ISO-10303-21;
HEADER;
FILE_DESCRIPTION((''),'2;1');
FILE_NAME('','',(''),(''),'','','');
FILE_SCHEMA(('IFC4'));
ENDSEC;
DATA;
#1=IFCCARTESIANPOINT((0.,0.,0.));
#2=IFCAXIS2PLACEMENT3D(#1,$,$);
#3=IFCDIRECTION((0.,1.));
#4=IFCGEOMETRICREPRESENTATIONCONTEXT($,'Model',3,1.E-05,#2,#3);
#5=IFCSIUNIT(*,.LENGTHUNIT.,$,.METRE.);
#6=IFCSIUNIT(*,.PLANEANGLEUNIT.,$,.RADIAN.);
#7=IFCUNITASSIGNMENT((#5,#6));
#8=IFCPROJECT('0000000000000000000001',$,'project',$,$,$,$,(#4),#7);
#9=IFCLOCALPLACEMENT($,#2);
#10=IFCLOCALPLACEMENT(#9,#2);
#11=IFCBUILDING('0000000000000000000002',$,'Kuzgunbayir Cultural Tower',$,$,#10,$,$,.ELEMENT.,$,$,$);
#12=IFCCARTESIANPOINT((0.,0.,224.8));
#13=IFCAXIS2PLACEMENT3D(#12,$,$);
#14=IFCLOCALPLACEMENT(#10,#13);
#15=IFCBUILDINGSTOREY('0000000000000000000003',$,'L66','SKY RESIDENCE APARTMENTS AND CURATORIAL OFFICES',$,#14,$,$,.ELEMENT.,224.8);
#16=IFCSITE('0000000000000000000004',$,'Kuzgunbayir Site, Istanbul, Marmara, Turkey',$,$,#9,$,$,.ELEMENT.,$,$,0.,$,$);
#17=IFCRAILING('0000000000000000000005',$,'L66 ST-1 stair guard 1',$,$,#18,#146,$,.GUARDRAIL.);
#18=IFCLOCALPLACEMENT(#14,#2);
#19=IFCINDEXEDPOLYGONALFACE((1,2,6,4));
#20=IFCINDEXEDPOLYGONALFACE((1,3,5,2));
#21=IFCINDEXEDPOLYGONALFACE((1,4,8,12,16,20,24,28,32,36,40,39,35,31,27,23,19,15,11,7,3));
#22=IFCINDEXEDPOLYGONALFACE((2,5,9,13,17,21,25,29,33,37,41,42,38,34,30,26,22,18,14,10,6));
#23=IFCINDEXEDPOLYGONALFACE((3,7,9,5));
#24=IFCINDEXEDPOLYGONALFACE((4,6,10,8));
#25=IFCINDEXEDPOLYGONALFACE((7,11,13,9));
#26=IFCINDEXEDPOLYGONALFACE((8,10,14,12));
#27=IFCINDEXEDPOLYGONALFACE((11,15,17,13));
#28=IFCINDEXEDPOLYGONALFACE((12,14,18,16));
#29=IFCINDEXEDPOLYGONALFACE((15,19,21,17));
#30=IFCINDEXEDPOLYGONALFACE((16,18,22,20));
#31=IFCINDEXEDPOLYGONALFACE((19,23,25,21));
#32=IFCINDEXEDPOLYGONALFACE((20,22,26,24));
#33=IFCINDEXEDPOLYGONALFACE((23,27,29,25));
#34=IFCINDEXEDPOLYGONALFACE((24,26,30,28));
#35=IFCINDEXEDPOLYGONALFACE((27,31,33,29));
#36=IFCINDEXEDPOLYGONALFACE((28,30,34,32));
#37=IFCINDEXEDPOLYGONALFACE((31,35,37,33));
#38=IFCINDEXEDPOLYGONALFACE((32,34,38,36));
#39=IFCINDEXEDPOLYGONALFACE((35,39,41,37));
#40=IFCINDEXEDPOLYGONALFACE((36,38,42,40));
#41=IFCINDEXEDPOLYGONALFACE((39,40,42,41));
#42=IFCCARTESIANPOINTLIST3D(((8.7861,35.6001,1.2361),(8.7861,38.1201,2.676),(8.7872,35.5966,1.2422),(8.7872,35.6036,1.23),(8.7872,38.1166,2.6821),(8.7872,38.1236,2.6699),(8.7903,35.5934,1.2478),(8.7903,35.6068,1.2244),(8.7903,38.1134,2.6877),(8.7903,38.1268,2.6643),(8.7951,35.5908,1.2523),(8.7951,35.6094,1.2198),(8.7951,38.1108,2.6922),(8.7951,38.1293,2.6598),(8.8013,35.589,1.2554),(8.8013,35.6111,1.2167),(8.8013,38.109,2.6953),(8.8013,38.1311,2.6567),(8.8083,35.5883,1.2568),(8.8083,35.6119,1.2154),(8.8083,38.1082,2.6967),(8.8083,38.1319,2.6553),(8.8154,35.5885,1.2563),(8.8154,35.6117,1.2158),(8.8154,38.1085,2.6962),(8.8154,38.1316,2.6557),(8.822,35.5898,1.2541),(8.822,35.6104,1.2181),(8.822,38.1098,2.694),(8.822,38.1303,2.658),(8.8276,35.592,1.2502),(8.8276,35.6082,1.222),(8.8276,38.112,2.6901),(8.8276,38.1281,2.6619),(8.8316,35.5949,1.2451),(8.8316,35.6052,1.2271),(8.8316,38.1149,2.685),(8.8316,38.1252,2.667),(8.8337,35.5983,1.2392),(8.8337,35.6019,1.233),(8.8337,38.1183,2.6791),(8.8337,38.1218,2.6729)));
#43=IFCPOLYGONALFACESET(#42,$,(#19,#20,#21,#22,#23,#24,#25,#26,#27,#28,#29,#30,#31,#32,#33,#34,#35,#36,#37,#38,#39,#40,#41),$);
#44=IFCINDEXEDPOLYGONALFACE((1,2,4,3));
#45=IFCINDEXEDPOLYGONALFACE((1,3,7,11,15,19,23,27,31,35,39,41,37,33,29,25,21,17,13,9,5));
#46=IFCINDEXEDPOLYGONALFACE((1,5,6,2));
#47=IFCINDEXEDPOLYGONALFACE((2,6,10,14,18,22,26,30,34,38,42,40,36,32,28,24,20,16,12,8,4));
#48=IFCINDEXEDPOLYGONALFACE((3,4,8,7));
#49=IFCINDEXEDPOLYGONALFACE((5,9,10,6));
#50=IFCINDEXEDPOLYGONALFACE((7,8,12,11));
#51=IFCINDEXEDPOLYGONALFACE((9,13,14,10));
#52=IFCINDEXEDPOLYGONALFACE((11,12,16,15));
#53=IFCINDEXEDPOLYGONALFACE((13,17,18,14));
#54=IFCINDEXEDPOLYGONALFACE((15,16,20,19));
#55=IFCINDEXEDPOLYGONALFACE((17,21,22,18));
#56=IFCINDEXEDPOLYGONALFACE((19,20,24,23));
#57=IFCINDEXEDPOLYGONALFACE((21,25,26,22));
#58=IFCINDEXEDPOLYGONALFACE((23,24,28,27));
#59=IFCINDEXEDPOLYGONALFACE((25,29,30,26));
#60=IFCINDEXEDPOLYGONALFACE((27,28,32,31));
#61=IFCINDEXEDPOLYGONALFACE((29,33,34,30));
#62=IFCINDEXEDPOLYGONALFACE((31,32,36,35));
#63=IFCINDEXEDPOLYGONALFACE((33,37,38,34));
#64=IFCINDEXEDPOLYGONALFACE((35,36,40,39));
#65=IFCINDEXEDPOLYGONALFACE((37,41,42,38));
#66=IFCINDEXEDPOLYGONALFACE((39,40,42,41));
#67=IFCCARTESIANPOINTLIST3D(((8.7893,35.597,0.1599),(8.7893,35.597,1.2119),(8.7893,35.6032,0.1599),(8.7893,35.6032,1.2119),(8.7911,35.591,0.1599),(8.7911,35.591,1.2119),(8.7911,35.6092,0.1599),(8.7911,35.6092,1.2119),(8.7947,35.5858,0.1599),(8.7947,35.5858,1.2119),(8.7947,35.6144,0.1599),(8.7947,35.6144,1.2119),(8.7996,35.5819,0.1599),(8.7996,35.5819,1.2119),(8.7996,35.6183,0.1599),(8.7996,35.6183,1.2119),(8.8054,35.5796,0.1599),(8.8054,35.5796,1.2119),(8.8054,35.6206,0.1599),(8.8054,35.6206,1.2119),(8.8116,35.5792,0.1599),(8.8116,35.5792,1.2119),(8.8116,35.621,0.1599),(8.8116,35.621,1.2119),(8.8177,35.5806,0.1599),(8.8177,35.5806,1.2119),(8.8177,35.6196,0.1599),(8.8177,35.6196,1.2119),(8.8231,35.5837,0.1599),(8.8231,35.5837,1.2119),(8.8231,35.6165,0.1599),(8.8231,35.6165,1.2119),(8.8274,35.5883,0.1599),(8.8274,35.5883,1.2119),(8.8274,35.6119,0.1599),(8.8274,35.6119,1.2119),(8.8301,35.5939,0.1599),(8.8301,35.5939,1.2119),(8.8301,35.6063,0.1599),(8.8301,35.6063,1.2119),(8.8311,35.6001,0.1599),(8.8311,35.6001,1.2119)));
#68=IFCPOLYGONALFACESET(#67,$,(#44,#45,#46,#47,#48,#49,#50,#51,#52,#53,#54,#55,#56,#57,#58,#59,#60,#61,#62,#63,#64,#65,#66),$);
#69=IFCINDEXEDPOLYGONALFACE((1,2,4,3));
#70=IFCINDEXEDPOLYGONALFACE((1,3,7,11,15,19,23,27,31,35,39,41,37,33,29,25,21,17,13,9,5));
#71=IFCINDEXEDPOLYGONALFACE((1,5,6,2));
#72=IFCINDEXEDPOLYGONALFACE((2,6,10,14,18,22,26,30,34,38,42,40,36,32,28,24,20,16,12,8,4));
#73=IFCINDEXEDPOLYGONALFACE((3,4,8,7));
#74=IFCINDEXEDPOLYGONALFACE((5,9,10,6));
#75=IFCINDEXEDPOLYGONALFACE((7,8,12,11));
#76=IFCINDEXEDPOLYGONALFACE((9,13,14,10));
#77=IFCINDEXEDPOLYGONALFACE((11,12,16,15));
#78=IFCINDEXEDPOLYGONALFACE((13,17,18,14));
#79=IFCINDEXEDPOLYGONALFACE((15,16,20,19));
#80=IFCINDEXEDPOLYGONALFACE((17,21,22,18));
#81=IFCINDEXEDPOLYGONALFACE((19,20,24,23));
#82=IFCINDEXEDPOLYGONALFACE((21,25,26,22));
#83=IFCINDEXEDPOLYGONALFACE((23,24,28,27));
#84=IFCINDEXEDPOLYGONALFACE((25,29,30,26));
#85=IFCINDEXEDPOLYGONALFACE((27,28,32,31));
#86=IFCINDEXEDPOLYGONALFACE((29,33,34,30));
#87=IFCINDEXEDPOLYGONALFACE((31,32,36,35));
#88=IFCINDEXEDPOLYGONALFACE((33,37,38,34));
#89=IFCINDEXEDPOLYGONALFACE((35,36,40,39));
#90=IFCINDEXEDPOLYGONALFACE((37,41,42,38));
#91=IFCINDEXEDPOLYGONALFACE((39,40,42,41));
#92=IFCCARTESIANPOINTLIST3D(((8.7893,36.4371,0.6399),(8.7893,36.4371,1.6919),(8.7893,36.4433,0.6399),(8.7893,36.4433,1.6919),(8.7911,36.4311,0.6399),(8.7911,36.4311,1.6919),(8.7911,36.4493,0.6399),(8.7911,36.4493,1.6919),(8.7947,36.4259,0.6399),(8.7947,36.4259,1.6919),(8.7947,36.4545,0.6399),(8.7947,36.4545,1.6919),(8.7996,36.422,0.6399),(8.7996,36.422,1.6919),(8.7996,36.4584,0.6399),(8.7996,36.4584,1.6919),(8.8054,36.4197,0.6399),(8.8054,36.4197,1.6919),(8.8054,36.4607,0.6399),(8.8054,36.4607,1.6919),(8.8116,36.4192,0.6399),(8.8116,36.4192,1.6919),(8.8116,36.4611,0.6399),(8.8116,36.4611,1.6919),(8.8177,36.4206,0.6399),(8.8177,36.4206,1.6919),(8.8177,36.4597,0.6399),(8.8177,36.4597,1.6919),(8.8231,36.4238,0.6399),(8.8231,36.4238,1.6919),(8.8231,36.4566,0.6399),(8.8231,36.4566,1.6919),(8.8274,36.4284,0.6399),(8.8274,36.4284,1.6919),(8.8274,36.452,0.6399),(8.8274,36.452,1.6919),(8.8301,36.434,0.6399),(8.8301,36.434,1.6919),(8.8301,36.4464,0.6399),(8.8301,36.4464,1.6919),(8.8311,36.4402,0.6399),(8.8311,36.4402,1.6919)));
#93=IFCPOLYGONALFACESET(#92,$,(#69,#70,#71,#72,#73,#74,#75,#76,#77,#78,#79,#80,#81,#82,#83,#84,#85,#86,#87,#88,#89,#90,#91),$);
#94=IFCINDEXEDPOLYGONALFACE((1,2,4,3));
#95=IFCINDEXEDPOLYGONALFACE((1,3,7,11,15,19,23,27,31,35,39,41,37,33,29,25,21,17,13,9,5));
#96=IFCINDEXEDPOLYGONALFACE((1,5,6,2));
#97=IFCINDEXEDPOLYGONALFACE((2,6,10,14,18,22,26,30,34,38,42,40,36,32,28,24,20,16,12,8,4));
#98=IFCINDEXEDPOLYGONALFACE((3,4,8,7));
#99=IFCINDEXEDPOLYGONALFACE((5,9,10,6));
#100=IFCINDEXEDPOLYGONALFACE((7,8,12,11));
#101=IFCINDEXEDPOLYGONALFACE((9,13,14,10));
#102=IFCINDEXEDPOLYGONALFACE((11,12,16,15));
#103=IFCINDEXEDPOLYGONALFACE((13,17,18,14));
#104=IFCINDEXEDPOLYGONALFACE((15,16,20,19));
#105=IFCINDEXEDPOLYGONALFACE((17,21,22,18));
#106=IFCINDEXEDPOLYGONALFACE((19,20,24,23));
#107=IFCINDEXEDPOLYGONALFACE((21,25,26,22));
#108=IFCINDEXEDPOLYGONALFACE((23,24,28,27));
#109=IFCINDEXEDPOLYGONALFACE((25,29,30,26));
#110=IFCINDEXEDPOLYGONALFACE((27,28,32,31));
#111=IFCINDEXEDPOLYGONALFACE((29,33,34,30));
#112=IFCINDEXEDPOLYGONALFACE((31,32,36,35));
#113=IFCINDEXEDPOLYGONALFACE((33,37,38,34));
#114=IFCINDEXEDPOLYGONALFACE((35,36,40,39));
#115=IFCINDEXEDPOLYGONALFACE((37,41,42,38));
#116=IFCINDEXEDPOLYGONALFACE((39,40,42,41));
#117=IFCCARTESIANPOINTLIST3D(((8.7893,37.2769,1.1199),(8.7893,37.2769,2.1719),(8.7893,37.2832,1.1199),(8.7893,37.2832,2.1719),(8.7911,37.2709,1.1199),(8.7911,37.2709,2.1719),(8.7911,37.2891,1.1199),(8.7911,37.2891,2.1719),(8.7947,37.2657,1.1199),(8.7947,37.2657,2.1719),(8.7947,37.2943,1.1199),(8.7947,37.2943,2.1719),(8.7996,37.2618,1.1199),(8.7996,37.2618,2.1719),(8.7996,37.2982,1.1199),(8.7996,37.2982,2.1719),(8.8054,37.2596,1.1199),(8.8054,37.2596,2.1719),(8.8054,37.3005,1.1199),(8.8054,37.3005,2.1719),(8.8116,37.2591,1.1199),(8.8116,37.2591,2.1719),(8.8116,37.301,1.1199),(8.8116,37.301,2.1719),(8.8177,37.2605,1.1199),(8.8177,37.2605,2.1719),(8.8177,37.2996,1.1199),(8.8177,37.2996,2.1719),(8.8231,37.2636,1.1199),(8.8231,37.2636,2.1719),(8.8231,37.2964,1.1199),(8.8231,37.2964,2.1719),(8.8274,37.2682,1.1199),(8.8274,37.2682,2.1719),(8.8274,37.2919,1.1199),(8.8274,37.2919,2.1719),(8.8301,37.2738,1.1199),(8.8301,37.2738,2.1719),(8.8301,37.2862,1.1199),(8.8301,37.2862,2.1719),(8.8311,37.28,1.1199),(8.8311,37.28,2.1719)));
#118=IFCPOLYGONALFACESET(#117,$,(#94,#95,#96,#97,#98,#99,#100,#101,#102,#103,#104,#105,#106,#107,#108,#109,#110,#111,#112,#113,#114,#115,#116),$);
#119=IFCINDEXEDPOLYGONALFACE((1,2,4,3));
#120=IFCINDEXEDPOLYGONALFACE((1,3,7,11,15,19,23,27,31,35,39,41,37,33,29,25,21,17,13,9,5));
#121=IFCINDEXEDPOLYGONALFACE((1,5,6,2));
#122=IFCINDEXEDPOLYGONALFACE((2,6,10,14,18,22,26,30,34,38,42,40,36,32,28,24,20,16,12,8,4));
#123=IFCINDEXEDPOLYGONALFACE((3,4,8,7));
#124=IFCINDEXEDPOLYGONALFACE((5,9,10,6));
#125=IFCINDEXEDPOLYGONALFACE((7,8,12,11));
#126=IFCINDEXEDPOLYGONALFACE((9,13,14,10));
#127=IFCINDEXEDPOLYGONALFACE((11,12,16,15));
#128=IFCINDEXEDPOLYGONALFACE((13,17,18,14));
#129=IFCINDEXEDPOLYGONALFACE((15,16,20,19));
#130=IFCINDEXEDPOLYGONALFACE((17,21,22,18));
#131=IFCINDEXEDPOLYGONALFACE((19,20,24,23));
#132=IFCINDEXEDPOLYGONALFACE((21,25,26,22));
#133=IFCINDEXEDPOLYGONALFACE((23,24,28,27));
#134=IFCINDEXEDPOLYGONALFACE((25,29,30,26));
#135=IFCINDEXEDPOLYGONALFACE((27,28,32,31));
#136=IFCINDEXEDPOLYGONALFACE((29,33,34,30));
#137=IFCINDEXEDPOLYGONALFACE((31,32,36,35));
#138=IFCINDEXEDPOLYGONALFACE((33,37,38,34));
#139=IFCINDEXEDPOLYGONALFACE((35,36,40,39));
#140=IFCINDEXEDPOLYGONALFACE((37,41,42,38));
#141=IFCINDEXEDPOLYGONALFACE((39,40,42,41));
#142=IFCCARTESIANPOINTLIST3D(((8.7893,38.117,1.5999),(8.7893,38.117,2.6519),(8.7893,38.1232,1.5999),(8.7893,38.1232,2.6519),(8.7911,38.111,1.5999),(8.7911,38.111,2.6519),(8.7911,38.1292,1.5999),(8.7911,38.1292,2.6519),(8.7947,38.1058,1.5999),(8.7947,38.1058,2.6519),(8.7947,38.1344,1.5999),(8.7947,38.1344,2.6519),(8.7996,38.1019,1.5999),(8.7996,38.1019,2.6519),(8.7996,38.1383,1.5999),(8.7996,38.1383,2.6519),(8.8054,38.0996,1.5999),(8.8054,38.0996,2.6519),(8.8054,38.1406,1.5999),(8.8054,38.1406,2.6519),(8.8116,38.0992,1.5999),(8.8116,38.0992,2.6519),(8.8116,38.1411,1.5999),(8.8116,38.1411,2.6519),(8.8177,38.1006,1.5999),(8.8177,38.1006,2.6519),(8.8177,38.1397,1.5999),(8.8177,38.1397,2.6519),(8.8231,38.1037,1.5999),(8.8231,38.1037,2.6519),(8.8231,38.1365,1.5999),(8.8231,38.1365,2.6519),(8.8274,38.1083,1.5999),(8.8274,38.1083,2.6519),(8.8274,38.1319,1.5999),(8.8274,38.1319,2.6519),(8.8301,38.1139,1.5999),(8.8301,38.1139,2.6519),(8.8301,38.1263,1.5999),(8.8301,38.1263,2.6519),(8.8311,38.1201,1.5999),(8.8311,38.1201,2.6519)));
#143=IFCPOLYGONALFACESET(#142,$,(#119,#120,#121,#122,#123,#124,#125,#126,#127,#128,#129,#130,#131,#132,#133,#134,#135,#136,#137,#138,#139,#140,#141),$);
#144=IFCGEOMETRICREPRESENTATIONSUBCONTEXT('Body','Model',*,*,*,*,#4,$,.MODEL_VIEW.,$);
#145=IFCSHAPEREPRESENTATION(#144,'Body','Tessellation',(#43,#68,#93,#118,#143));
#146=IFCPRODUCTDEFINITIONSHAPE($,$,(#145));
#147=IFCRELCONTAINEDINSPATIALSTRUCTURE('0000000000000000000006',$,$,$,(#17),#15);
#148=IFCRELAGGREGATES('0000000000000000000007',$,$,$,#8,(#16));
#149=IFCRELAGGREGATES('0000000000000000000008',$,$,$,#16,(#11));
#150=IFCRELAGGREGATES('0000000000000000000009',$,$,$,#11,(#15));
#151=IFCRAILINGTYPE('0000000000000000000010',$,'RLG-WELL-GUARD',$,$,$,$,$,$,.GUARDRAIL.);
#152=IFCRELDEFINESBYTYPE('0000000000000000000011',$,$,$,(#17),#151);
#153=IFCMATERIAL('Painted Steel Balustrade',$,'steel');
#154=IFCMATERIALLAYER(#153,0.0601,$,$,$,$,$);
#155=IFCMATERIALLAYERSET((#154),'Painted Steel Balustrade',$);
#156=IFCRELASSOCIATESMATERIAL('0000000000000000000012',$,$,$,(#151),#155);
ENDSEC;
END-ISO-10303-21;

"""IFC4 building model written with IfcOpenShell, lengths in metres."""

from ifc_helpers import new_model, si_unit, direction, frame, origin, origin_2d, place, context, subcontext, project, spatial, circle, extrude, material, layer, layer_set, type_object, element, save


model = new_model("IFC4")

# Units and contexts
model_context = context("Model", 3, precision=1e-05, world=origin(), true_north=direction((0.0, 1.0)))
body_context = subcontext(model_context, "Body", "Model", "MODEL_VIEW")
ifc_project = project(units=[si_unit("LENGTHUNIT", "METRE"), si_unit("PLANEANGLEUNIT", "RADIAN")], contexts=[model_context])

# Site, building, storey
site_placement = place(None, origin())
site = spatial("IfcSite", under=ifc_project, at=site_placement, Name="Kuzgunbayir Site, Istanbul, Marmara, Turkey", CompositionType="ELEMENT", RefElevation=0.0)
building_placement = place(site_placement, origin())
building = spatial("IfcBuilding", under=site, at=building_placement, Name="Kuzgunbayir Cultural Tower", CompositionType="ELEMENT")
storey_placement = place(building_placement, frame((0.0, 0.0, 224.8)))
storey = spatial("IfcBuildingStorey", under=building, at=storey_placement, Name="L66", Description="SKY RESIDENCE APARTMENTS AND CURATORIAL OFFICES", CompositionType="ELEMENT", Elevation=224.8)

# Railing
ifc_material_1 = material(Name="Painted Steel Balustrade", Category="steel")
ifc_layer_1 = layer(ifc_material_1, 0.0601)
ifc_layer_set_1 = layer_set([ifc_layer_1], Name="Painted Steel Balustrade")
railing_type = type_object("IfcRailingType", Name="RLG-WELL-GUARD", PredefinedType="GUARDRAIL", material=ifc_layer_set_1)
railing_1_placement = place(storey_placement, frame((8.8101, 35.6001, 0.1599)))
element("IfcRailing", 1, at=railing_1_placement, inside=storey, type_object=railing_type, Name="L66 ST-1 stair guard 1", PredefinedType="GUARDRAIL", context=body_context, shape_type="SweptSolid", body=[
    extrude(circle(Radius=0.0239, at=origin_2d()), frame((0.0, 0.0, 1.0762), z_axis=(0.0, 0.868253, 0.496121), x_axis=(-1.0, 0.0, 0.0)), (0.0, 0.0, 1.0), 2.9023),
    extrude(circle(Radius=0.021, at=origin_2d()), origin(), (0.0, 0.0, 1.0), 1.052),
    extrude(circle(Radius=0.021, at=origin_2d()), frame((0.0, 0.8401, 0.48)), (0.0, 0.0, 1.0), 1.052),
    extrude(circle(Radius=0.021, at=origin_2d()), frame((0.0, 1.6799, 0.96)), (0.0, 0.0, 1.0), 1.052),
    extrude(circle(Radius=0.021, at=origin_2d()), frame((0.0, 2.52, 1.4399)), (0.0, 0.0, 1.0), 1.052),
])

save(model, "model.ifc")
